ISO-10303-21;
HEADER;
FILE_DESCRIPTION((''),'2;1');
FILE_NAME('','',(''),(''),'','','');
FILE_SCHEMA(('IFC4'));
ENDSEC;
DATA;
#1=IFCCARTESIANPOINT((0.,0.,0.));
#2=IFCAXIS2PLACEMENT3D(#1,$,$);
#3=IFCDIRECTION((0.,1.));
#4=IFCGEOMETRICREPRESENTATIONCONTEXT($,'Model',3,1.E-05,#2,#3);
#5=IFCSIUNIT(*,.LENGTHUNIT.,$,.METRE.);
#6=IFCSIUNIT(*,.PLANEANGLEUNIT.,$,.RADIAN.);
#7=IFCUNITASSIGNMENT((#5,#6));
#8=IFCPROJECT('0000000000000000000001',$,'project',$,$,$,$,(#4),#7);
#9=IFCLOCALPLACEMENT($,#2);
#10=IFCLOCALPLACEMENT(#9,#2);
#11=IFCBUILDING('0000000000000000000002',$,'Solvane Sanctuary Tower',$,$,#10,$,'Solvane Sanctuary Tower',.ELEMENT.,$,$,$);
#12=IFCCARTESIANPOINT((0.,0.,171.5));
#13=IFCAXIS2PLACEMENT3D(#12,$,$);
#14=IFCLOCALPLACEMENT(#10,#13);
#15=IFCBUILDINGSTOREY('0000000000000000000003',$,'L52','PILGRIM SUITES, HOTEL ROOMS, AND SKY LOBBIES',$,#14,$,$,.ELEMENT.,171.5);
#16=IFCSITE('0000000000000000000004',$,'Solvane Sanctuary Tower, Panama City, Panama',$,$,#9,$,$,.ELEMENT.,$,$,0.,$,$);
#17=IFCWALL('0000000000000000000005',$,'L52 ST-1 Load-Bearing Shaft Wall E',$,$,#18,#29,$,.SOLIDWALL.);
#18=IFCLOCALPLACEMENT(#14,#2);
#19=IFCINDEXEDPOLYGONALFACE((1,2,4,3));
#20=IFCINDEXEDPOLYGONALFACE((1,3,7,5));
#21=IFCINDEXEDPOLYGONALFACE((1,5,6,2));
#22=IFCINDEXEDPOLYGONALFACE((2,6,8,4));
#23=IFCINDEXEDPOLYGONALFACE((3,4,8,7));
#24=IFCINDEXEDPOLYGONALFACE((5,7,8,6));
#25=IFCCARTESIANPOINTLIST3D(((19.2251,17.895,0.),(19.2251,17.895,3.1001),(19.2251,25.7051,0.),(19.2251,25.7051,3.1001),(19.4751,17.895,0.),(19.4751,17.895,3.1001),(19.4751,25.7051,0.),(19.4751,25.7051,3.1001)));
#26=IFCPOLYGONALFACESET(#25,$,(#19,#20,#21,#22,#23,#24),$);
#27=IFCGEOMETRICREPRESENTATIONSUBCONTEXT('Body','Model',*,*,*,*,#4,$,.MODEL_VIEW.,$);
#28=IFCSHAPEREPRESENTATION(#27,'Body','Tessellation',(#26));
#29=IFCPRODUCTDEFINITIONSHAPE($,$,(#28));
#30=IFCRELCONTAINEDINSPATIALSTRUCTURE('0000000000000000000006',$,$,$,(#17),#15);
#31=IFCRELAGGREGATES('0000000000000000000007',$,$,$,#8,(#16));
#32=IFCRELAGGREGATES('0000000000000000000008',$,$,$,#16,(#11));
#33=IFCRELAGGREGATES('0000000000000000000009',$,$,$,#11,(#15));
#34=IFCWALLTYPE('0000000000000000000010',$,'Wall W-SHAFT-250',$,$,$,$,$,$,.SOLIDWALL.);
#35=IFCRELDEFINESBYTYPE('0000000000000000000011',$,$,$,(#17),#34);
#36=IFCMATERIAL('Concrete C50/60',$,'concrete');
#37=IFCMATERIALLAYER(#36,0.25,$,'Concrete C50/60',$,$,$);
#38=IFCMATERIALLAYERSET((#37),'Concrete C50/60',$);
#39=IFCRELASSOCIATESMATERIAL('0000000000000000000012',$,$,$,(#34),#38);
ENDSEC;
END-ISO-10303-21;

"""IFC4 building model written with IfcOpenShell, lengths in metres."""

from ifc_helpers import new_model, si_unit, direction, frame, frame_2d, origin, place, context, subcontext, project, spatial, rectangle, extrude, material, layer, layer_set, type_object, element, save


model = new_model("IFC4")

# Units and contexts
model_context = context("Model", 3, precision=1e-05, world=origin(), true_north=direction((0.0, 1.0)))
body_context = subcontext(model_context, "Body", "Model", "MODEL_VIEW")
ifc_project = project(units=[si_unit("LENGTHUNIT", "METRE"), si_unit("PLANEANGLEUNIT", "RADIAN")], contexts=[model_context])

# Site, building, storey
site_placement = place(None, origin())
site = spatial("IfcSite", under=ifc_project, at=site_placement, Name="Solvane Sanctuary Tower, Panama City, Panama", CompositionType="ELEMENT", RefElevation=0.0)
building_placement = place(site_placement, origin())
building = spatial("IfcBuilding", under=site, at=building_placement, Name="Solvane Sanctuary Tower", LongName="Solvane Sanctuary Tower", CompositionType="ELEMENT")
storey_placement = place(building_placement, frame((0.0, 0.0, 171.5)))
storey = spatial("IfcBuildingStorey", under=building, at=storey_placement, Name="L52", Description="PILGRIM SUITES, HOTEL ROOMS, AND SKY LOBBIES", CompositionType="ELEMENT", Elevation=171.5)

# Shared definitions
ifc_material_1 = material(Name="Concrete C50/60", Category="concrete")

# Wall
ifc_layer_1 = layer(ifc_material_1, 0.25, Name="Concrete C50/60")
ifc_layer_set_1 = layer_set([ifc_layer_1], Name="Concrete C50/60")
wall_type_1 = type_object("IfcWallType", Name="Wall W-SHAFT-250", PredefinedType="SOLIDWALL", material=ifc_layer_set_1)
wall_1_placement = place(storey_placement, frame((19.3501, 17.895, 0.0), z_axis=(0.0, 0.0, 1.0), x_axis=(0.0, 1.0, 0.0)))
element("IfcWall", 1, at=wall_1_placement, inside=storey, type_object=wall_type_1, Name="L52 ST-1 Load-Bearing Shaft Wall E", PredefinedType="SOLIDWALL", context=body_context, shape_type="SweptSolid", body=[
    extrude(rectangle(XDim=7.8101, YDim=0.25, at=frame_2d((3.905, 0.0))), origin(), (0.0, 0.0, 1.0), 3.1001),
])

save(model, "model.ifc")
